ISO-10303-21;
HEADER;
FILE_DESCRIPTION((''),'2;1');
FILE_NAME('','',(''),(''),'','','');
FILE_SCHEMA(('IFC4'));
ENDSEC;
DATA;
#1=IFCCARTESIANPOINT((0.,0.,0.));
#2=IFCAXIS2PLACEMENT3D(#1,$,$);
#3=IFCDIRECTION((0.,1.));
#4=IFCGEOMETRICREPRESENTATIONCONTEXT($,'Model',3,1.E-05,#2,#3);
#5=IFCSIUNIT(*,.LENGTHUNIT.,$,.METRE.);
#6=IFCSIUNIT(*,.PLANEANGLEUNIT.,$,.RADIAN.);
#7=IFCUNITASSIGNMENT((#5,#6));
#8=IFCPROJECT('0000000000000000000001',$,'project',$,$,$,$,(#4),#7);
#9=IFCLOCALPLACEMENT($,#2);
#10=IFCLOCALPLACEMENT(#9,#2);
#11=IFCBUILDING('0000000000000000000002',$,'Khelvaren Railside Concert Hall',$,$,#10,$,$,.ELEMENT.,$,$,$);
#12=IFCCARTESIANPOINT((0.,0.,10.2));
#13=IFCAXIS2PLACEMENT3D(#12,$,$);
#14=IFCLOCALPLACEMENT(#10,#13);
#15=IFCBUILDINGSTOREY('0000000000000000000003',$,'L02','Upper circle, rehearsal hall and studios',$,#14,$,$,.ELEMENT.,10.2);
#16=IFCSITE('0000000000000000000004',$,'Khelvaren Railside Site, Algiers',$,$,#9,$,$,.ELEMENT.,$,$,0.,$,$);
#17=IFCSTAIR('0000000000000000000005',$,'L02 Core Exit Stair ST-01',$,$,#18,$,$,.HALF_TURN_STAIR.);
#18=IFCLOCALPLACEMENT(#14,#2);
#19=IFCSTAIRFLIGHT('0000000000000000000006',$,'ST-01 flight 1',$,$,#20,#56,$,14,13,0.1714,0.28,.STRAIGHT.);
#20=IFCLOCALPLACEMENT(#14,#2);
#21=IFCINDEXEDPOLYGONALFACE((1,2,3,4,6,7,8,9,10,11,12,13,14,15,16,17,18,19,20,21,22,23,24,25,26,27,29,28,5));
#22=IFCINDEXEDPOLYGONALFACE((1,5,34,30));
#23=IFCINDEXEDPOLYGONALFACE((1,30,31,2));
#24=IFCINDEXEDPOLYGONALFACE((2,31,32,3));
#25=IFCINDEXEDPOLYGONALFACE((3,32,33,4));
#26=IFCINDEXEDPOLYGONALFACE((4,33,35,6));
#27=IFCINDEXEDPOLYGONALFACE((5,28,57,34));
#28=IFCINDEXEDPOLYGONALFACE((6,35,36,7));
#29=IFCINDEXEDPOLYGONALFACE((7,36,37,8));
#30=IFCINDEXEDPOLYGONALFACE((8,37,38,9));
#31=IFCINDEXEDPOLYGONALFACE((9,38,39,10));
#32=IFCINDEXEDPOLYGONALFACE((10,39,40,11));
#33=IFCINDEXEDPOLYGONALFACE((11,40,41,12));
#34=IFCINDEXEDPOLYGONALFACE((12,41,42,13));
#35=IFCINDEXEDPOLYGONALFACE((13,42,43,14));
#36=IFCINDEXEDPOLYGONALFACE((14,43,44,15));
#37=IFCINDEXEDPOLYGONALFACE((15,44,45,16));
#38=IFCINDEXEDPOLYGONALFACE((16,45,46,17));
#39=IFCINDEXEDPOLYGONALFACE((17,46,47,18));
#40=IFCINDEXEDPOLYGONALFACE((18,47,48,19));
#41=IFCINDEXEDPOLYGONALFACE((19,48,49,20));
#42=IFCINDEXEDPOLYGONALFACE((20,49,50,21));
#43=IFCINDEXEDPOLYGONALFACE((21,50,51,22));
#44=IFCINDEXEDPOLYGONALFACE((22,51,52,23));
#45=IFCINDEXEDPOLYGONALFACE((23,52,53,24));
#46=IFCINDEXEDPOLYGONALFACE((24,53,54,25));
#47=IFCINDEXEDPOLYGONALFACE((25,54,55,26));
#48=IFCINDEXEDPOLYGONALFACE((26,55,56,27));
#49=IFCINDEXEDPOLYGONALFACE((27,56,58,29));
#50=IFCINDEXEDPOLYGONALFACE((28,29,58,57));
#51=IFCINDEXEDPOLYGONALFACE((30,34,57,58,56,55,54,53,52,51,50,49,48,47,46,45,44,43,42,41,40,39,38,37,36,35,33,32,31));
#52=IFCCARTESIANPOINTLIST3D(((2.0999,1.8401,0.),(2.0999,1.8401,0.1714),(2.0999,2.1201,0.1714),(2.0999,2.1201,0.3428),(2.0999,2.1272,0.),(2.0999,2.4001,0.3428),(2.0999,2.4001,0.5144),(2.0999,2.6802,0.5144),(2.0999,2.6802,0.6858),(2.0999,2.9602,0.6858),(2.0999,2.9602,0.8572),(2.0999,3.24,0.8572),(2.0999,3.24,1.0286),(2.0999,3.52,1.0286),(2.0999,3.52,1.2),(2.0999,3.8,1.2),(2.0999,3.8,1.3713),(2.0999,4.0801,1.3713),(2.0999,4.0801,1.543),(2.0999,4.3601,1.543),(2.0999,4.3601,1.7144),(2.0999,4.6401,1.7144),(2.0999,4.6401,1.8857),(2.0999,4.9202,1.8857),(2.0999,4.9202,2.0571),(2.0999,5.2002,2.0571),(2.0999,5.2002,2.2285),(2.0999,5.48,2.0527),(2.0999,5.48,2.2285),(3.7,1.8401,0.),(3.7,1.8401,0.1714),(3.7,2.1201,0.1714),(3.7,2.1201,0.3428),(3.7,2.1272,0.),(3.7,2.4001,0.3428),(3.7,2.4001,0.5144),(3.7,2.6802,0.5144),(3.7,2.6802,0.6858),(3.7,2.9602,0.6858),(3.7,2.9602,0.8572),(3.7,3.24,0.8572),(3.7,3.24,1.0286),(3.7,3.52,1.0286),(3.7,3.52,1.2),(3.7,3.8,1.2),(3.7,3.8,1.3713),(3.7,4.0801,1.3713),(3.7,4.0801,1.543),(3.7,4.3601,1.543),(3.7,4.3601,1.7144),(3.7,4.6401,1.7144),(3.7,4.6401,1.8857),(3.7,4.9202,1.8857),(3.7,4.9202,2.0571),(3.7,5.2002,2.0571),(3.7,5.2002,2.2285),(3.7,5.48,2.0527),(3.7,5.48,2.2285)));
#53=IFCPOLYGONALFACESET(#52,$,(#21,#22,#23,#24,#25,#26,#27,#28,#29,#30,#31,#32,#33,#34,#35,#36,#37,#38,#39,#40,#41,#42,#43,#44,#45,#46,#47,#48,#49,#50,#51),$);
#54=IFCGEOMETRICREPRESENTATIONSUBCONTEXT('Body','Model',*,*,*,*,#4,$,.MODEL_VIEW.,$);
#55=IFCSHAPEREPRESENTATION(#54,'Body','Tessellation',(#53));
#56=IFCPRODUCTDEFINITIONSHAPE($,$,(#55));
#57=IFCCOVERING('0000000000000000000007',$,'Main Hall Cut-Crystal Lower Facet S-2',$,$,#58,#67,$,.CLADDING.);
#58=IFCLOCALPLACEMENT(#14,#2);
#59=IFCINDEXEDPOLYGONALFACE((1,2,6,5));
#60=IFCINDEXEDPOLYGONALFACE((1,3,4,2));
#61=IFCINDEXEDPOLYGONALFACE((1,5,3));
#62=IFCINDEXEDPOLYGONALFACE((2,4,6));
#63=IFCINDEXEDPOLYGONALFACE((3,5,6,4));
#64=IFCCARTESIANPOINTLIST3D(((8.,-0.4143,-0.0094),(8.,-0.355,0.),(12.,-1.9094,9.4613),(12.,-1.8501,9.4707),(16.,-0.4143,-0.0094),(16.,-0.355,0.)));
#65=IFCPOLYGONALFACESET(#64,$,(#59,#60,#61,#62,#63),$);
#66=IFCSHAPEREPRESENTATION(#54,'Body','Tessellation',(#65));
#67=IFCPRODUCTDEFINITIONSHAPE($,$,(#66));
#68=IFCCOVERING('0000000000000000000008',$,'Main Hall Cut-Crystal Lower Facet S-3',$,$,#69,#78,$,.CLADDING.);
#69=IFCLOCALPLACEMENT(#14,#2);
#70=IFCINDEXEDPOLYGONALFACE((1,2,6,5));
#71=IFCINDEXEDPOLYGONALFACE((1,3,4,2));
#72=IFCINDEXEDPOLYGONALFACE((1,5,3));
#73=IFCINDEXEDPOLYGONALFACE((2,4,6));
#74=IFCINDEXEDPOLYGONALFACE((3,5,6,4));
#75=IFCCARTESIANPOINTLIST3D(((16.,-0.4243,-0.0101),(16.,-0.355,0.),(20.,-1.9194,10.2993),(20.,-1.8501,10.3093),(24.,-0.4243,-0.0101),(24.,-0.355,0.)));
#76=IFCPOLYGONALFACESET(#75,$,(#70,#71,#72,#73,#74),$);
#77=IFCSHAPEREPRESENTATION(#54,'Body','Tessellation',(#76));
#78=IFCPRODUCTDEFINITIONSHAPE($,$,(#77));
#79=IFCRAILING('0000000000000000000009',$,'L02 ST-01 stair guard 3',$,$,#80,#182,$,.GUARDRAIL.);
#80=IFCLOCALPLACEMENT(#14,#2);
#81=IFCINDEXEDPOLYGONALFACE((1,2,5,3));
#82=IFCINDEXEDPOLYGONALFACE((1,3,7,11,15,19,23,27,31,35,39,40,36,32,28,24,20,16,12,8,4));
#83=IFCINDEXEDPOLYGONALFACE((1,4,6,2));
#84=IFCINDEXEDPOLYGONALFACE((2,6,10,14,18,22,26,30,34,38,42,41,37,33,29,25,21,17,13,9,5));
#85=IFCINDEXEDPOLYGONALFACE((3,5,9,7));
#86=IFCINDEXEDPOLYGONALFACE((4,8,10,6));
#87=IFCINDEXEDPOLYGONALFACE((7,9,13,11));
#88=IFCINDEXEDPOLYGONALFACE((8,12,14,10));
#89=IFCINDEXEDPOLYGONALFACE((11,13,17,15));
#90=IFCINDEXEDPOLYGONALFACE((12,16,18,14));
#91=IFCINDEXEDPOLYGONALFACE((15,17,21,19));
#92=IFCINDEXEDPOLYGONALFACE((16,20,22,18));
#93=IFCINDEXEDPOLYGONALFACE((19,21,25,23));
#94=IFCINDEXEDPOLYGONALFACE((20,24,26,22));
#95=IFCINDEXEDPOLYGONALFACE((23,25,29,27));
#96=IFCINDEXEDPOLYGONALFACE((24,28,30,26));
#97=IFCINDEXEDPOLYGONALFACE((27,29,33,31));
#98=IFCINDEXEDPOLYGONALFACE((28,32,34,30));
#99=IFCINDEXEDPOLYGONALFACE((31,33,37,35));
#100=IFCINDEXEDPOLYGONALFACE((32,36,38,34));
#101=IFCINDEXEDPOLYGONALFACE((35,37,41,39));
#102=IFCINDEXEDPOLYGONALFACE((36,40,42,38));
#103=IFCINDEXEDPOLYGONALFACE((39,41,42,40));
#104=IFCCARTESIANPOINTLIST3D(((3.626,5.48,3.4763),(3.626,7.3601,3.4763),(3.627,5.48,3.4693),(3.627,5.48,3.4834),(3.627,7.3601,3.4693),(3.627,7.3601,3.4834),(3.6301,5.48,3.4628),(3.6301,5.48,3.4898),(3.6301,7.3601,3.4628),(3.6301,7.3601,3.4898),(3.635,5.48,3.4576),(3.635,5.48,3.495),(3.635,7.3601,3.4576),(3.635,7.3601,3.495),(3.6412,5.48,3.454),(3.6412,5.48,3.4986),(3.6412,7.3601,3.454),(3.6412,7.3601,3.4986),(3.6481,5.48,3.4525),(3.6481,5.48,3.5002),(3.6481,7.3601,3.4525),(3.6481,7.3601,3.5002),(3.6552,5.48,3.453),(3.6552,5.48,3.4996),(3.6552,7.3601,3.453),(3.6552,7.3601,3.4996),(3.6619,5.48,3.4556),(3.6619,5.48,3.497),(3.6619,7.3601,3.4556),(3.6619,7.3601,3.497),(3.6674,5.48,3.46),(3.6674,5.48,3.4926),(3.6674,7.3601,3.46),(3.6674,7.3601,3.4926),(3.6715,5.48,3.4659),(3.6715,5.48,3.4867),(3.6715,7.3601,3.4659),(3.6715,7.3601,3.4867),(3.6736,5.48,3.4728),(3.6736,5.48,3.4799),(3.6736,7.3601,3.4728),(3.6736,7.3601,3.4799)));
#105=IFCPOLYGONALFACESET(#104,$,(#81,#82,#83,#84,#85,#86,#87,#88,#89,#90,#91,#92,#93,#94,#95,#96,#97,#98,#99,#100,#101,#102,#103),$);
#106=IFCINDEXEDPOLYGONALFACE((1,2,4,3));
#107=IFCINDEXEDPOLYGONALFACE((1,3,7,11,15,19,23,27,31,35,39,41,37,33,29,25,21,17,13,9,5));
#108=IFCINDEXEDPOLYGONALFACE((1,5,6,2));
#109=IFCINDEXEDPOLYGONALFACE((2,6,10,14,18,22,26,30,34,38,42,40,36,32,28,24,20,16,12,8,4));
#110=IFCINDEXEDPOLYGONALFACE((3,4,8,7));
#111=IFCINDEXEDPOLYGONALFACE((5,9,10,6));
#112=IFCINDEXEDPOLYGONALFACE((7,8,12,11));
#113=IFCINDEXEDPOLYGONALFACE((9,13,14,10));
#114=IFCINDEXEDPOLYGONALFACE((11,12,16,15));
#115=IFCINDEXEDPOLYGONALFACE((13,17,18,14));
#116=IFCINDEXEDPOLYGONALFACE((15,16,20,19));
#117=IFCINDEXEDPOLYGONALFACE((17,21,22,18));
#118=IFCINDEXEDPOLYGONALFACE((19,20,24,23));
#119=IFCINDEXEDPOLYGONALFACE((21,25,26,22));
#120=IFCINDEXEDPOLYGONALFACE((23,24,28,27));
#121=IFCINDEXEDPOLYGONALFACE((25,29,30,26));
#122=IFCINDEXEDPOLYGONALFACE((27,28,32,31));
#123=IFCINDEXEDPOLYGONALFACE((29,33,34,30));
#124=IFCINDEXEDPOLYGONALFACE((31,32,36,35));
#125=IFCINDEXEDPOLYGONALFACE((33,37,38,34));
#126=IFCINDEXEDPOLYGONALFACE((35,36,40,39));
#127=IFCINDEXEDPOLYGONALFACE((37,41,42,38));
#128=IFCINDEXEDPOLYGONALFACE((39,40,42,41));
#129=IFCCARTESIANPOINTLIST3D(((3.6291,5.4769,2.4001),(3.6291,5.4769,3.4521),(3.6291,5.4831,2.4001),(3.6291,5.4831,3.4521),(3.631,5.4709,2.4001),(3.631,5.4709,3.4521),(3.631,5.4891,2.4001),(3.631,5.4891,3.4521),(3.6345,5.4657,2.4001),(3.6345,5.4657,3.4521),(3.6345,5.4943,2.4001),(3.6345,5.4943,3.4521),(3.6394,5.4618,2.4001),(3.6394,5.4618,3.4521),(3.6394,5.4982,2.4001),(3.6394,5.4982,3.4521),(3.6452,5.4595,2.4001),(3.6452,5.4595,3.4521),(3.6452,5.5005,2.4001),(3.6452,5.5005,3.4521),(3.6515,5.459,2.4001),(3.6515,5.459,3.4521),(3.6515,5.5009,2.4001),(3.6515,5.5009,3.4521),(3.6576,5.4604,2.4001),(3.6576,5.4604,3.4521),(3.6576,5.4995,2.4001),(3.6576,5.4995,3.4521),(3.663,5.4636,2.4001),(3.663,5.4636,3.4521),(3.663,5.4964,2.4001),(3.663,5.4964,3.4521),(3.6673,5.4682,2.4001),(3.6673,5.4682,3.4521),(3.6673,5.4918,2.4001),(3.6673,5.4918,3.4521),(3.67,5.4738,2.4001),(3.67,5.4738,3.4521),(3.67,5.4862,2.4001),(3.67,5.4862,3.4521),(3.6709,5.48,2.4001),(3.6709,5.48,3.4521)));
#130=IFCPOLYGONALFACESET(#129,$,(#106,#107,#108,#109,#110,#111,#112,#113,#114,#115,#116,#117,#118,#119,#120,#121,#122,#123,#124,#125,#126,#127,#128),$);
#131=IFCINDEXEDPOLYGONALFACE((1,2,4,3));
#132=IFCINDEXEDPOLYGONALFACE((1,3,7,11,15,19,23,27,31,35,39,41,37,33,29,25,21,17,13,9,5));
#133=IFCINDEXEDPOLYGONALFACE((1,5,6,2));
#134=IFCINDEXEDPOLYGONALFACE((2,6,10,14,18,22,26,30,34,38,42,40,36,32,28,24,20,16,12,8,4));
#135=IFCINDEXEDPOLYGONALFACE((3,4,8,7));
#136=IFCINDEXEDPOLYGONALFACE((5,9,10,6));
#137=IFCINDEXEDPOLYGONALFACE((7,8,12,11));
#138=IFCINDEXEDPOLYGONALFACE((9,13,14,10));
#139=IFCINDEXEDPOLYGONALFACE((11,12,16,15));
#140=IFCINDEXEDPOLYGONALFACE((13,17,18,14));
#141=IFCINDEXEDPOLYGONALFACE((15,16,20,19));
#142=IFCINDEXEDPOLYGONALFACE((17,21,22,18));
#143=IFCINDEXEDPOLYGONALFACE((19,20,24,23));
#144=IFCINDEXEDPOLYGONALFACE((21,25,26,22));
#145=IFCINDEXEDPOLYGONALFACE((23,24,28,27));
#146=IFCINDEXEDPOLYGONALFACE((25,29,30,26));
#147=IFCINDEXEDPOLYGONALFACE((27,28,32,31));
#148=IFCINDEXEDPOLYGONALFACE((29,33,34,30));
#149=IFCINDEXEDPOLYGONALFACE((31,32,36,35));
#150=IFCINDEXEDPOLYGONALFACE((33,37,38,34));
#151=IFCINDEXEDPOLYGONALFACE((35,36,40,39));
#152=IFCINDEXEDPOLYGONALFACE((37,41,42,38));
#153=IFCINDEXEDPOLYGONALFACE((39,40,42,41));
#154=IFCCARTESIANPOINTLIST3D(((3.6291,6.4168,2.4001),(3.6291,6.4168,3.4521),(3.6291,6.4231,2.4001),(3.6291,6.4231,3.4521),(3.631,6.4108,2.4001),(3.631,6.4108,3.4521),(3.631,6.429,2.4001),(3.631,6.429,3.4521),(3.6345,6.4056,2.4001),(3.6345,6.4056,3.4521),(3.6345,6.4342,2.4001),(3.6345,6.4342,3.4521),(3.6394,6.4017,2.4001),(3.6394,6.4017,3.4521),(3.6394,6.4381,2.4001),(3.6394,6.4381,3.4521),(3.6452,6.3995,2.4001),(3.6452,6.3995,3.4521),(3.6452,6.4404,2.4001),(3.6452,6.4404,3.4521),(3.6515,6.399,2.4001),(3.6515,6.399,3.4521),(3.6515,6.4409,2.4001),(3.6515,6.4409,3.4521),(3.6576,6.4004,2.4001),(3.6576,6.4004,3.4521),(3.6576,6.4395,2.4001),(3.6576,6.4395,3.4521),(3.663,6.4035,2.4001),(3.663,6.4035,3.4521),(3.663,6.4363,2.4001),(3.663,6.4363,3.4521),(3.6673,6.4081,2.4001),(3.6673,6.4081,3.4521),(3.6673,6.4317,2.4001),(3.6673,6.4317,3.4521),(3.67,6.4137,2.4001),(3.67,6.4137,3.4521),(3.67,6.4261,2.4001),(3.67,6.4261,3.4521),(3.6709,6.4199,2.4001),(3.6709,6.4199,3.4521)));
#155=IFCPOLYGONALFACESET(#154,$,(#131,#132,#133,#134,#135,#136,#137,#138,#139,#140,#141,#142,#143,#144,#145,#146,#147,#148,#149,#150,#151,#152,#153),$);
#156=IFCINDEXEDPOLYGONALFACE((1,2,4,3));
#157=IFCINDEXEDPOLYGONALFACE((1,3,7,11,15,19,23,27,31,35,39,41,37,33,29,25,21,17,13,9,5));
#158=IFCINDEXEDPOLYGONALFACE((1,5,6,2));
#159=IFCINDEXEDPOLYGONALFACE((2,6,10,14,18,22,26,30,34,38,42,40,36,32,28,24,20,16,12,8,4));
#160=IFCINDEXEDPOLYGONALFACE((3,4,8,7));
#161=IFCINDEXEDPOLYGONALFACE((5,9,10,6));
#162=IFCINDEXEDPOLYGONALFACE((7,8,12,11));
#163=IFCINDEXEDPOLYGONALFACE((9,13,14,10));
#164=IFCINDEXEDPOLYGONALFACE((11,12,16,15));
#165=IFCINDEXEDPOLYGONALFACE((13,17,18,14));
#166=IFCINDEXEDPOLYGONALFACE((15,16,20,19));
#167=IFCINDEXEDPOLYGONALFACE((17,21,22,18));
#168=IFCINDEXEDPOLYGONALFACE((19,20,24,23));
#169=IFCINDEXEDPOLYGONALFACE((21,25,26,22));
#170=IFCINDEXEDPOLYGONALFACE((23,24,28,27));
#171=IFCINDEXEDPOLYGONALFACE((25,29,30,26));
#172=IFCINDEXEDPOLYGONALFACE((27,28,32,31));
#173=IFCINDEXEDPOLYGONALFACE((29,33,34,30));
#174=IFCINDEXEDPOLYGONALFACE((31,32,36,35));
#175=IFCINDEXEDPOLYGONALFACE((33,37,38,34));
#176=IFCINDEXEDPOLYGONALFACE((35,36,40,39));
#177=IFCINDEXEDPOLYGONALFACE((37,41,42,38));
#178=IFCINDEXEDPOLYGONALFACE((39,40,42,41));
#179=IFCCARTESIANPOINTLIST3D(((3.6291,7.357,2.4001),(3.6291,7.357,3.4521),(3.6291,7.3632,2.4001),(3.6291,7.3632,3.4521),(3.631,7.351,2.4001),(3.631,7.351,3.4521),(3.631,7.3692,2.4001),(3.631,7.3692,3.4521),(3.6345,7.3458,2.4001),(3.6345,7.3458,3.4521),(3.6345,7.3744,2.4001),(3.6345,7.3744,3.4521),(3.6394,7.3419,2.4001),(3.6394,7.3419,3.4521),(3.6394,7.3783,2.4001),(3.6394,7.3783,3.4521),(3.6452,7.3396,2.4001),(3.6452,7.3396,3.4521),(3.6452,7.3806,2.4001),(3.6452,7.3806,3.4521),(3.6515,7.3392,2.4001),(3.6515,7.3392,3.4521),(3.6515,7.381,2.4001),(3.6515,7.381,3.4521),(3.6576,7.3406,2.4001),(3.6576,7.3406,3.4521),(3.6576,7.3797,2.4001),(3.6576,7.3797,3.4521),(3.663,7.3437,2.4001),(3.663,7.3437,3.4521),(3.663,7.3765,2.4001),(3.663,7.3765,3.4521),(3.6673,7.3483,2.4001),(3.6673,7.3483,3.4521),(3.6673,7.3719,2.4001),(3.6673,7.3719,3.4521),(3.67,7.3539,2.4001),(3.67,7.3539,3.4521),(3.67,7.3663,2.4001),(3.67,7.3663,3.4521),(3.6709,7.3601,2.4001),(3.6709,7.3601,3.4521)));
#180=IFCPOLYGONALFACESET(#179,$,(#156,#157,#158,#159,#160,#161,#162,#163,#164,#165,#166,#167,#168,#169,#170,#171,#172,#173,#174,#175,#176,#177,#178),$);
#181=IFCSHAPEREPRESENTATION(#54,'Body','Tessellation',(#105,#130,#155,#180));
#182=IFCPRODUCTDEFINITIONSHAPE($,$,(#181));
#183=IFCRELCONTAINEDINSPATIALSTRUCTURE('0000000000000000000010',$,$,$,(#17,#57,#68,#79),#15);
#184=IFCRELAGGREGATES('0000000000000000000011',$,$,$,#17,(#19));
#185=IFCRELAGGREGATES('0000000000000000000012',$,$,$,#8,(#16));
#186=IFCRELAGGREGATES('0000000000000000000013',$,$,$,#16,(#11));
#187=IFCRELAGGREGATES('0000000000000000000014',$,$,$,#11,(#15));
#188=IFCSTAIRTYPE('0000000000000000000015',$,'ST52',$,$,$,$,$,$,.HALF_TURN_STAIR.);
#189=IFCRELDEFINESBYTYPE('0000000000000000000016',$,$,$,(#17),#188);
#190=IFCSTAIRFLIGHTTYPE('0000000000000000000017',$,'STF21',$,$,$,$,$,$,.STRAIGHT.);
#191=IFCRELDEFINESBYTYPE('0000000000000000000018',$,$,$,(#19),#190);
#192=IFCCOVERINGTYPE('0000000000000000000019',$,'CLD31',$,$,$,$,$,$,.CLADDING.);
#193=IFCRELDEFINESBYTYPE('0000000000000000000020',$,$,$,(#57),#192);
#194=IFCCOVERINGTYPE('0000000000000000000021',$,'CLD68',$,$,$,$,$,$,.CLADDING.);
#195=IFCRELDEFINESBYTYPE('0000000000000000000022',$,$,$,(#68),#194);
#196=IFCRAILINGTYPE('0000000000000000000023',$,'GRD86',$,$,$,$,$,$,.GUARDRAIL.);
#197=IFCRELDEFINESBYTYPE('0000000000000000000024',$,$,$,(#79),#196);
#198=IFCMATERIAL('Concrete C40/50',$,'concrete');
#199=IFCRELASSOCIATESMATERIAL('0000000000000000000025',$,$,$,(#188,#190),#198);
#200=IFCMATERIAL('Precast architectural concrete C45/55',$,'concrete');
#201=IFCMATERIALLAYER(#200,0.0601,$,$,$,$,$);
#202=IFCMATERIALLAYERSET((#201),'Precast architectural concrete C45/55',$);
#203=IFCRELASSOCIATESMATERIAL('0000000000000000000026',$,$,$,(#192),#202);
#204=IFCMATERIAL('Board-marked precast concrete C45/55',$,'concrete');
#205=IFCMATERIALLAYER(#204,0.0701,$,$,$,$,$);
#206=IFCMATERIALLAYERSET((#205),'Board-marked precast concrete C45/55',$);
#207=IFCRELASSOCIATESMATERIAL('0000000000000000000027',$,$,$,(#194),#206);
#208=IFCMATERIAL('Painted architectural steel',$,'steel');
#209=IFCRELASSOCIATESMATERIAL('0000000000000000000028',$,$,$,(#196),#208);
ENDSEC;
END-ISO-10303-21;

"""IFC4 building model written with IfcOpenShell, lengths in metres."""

from ifc_helpers import new_model, si_unit, direction, frame, origin, origin_2d, place, context, subcontext, project, spatial, polyline, circle, outline, extrude, material, layer, layer_set, type_object, element, aggregate, save


model = new_model("IFC4")

# Units and contexts
model_context = context("Model", 3, precision=1e-05, world=origin(), true_north=direction((0.0, 1.0)))
body_context = subcontext(model_context, "Body", "Model", "MODEL_VIEW")
ifc_project = project(units=[si_unit("LENGTHUNIT", "METRE"), si_unit("PLANEANGLEUNIT", "RADIAN")], contexts=[model_context])

# Site, building, storey
site_placement = place(None, origin())
site = spatial("IfcSite", under=ifc_project, at=site_placement, Name="Khelvaren Railside Site, Algiers", CompositionType="ELEMENT", RefElevation=0.0)
building_placement = place(site_placement, origin())
building = spatial("IfcBuilding", under=site, at=building_placement, Name="Khelvaren Railside Concert Hall", CompositionType="ELEMENT")
storey_placement = place(building_placement, frame((0.0, 0.0, 10.2)))
storey = spatial("IfcBuildingStorey", under=building, at=storey_placement, Name="L02", Description="Upper circle, rehearsal hall and studios", CompositionType="ELEMENT", Elevation=10.2)

# Shared definitions
ifc_material_1 = material(Name="Concrete C40/50", Category="concrete")

# Stair, stair flight
stair_type = type_object("IfcStairType", Name="ST52", PredefinedType="HALF_TURN_STAIR", material=ifc_material_1)
stair_placement = place(storey_placement, origin())
stair = element("IfcStair", 1, at=stair_placement, inside=storey, type_object=stair_type, Name="L02 Core Exit Stair ST-01", PredefinedType="HALF_TURN_STAIR")
stair_flight_type = type_object("IfcStairFlightType", Name="STF21", PredefinedType="STRAIGHT", material=ifc_material_1)
stair_flight_placement = place(storey_placement, frame((2.8999, 1.8401, 0.0), z_axis=(0.0, 0.0, 1.0), x_axis=(0.0, 1.0, 0.0)))
stair_flight = element("IfcStairFlight", 2, at=stair_flight_placement, type_object=stair_flight_type, Name="ST-01 flight 1", NumberOfRisers=14, NumberOfTreads=13, PredefinedType="STRAIGHT", RiserHeight=0.1714, TreadLength=0.28, context=body_context, shape_type="SweptSolid", body=[
    extrude(outline(polyline([(0.0, 0.0), (0.0, 0.1714), (0.28, 0.1714), (0.28, 0.3428), (0.5601, 0.3428), (0.5601, 0.5144), (0.8401, 0.5144), (0.8401, 0.6858), (1.1201, 0.6858), (1.1201, 0.8572), (1.3999, 0.8572), (1.3999, 1.0286), (1.6799, 1.0286), (1.6799, 1.2), (1.96, 1.2), (1.96, 1.3713), (2.24, 1.3713), (2.24, 1.543), (2.52, 1.543), (2.52, 1.7144), (2.8, 1.7144), (2.8, 1.8857), (3.0801, 1.8857), (3.0801, 2.0571), (3.3601, 2.0571), (3.3601, 2.2285), (3.6399, 2.2285), (3.6399, 2.3999), (3.6399, 2.0527), (0.2871, 0.0), (0.0, 0.0)])), frame((0.0, 0.8, 0.0), z_axis=(0.0, -1.0, 0.0), x_axis=(1.0, 0.0, 0.0)), (0.0, 0.0, 1.0), 1.6001),
])
aggregate(stair, [stair_flight])

# Coverings
ifc_material_2 = material(Name="Precast architectural concrete C45/55", Category="concrete")
ifc_layer_1 = layer(ifc_material_2, 0.0601)
ifc_layer_set_1 = layer_set([ifc_layer_1], Name="Precast architectural concrete C45/55")
covering_type_1 = type_object("IfcCoveringType", Name="CLD31", PredefinedType="CLADDING", material=ifc_layer_set_1)
covering_1_placement = place(storey_placement, frame((8.0, -0.355, 0.0), z_axis=(0.0, 0.987767, 0.155936), x_axis=(1.0, 0.0, 0.0)))
element("IfcCovering", 3, at=covering_1_placement, inside=storey, type_object=covering_type_1, Name="Main Hall Cut-Crystal Lower Facet S-2", PredefinedType="CLADDING", context=body_context, shape_type="SweptSolid", body=[
    extrude(outline(polyline([(0.0, 0.0), (8.0, 0.0), (4.0, -9.588), (0.0, 0.0)])), origin(), (0.0, 0.0, -1.0), 0.0601),
])
ifc_material_3 = material(Name="Board-marked precast concrete C45/55", Category="concrete")
ifc_layer_2 = layer(ifc_material_3, 0.0701)
ifc_layer_set_2 = layer_set([ifc_layer_2], Name="Board-marked precast concrete C45/55")
covering_type_2 = type_object("IfcCoveringType", Name="CLD68", PredefinedType="CLADDING", material=ifc_layer_set_2)
covering_2_placement = place(storey_placement, frame((16.0, -0.355, 0.0), z_axis=(0.0, 0.989647, 0.143524), x_axis=(1.0, 0.0, 0.0)))
element("IfcCovering", 4, at=covering_2_placement, inside=storey, type_object=covering_type_2, Name="Main Hall Cut-Crystal Lower Facet S-3", PredefinedType="CLADDING", context=body_context, shape_type="SweptSolid", body=[
    extrude(outline(polyline([(0.0, 0.0), (8.0, 0.0), (4.0, -10.4172), (0.0, 0.0)])), origin(), (0.0, 0.0, -1.0), 0.0701),
])

# Railing
ifc_material_4 = material(Name="Painted architectural steel", Category="steel")
railing_type_1 = type_object("IfcRailingType", Name="GRD86", PredefinedType="GUARDRAIL", material=ifc_material_4)
railing_1_placement = place(storey_placement, frame((3.6499, 5.48, 2.4001)))
element("IfcRailing", 5, at=railing_1_placement, inside=storey, type_object=railing_type_1, Name="L02 ST-01 stair guard 3", PredefinedType="GUARDRAIL", context=body_context, shape_type="SweptSolid", body=[
    extrude(circle(Radius=0.0239, at=origin_2d()), frame((0.0, 0.0, 1.0762), z_axis=(0.0, 1.0, 0.0), x_axis=(-1.0, 0.0, 0.0)), (0.0, 0.0, 1.0), 1.8801),
    extrude(circle(Radius=0.021, at=origin_2d()), origin(), (0.0, 0.0, 1.0), 1.052),
    extrude(circle(Radius=0.021, at=origin_2d()), frame((0.0, 0.9399, 0.0)), (0.0, 0.0, 1.0), 1.052),
    extrude(circle(Radius=0.021, at=origin_2d()), frame((0.0, 1.8801, 0.0)), (0.0, 0.0, 1.0), 1.052),
])

save(model, "model.ifc")
